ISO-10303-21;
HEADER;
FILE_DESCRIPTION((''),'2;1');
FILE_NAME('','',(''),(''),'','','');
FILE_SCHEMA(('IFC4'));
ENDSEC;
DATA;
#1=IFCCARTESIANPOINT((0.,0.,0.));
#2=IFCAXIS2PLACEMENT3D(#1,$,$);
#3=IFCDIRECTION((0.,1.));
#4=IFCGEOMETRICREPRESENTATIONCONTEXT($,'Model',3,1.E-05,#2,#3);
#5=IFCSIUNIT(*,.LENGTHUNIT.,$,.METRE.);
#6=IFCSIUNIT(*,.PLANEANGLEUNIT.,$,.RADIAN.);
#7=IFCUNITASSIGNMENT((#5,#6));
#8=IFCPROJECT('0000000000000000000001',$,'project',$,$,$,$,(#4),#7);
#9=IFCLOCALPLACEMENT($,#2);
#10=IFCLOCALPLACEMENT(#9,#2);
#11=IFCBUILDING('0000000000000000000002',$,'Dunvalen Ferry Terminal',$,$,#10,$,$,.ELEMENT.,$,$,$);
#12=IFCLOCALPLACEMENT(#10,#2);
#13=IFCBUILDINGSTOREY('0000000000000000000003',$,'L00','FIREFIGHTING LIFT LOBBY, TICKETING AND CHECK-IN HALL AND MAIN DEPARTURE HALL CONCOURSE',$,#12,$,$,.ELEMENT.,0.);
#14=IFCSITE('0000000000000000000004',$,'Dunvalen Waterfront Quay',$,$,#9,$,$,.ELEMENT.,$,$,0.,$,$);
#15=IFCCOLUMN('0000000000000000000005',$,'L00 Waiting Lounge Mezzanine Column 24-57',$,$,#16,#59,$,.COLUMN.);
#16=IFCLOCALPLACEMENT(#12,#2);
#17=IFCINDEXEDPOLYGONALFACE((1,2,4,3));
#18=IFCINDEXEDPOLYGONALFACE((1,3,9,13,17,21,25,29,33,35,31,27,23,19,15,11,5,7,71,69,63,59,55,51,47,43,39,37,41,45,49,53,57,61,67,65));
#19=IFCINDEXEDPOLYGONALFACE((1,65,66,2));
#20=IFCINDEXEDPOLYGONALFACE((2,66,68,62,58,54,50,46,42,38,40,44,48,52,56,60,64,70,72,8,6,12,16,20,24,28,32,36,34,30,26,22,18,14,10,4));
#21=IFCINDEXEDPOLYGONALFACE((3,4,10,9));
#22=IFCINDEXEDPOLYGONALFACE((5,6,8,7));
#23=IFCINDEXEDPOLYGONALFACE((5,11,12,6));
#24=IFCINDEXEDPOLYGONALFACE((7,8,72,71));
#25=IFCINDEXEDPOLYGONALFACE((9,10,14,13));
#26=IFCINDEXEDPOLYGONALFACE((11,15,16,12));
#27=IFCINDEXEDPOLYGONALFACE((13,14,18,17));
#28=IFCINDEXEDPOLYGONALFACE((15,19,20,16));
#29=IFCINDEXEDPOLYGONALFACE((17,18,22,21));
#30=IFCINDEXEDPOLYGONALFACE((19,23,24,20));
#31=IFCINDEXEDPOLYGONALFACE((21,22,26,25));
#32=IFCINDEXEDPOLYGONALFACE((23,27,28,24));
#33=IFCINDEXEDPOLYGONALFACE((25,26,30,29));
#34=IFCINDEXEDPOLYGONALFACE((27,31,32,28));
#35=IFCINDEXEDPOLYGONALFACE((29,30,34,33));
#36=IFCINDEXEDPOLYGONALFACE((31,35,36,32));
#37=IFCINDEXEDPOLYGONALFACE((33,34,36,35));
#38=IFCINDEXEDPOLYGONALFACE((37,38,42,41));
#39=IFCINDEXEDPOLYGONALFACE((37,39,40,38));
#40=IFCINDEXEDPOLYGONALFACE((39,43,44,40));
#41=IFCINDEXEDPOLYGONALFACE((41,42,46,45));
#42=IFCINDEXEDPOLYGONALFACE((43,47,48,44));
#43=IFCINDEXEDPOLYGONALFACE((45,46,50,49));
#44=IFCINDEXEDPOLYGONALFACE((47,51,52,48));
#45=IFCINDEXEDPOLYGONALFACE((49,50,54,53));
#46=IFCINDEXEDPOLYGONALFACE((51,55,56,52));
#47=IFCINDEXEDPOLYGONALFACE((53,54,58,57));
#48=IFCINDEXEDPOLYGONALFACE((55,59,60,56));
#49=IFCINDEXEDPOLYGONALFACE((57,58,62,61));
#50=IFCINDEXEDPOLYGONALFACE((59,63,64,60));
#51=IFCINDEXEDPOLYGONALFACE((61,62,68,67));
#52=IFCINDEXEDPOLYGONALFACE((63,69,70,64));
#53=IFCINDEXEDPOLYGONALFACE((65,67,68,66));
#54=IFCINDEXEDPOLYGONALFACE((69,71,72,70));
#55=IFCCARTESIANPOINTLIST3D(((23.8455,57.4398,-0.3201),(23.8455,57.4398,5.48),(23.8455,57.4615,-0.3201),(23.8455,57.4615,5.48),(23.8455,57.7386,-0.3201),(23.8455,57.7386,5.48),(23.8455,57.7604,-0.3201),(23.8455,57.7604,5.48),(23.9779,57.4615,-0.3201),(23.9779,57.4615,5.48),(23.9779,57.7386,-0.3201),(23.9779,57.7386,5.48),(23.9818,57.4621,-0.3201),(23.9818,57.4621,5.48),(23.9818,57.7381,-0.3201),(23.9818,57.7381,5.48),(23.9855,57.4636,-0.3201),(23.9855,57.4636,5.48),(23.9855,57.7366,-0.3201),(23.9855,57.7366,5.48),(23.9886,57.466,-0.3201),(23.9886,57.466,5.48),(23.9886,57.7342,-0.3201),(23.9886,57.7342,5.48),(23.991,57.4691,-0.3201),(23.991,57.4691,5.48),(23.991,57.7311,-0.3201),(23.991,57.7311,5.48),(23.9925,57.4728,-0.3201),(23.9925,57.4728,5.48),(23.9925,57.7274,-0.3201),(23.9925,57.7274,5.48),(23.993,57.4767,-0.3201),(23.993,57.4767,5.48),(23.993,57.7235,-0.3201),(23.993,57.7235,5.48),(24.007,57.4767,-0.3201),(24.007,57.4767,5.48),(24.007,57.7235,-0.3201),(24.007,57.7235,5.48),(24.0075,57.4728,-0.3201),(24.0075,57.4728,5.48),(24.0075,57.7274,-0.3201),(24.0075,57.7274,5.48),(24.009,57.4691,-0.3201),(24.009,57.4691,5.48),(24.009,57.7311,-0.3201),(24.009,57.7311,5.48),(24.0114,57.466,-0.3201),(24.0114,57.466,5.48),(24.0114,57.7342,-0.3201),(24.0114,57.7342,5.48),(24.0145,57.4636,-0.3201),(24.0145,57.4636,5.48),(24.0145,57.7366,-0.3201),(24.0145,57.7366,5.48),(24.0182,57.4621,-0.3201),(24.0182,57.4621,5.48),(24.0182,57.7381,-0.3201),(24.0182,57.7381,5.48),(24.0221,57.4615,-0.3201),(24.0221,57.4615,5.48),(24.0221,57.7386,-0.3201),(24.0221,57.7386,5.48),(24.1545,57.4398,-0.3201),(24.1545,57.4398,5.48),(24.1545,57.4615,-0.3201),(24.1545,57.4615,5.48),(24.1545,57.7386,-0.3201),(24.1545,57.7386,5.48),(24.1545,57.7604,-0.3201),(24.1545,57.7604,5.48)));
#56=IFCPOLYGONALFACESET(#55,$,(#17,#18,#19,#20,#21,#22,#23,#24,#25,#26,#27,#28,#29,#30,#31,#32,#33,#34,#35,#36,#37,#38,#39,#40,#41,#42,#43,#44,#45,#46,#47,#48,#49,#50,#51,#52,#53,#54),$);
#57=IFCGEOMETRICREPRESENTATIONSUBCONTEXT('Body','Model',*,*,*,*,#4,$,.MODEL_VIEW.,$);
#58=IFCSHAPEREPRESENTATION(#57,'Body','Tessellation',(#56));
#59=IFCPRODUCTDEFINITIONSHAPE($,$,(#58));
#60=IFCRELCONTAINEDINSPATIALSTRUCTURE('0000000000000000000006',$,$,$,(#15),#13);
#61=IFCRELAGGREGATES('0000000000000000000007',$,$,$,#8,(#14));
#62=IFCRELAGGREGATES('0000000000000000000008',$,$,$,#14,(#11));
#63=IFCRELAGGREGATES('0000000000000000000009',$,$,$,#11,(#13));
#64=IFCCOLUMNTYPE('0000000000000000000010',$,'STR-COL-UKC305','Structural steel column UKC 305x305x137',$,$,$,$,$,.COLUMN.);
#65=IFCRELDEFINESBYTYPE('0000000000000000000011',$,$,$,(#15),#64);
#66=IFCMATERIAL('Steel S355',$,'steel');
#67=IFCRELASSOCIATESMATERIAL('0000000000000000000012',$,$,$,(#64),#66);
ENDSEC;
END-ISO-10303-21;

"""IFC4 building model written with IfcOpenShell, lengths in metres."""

from ifc_helpers import new_model, si_unit, direction, frame, origin, origin_2d, place, context, subcontext, project, spatial, i_section, extrude, material, material_profile, profile_set, type_object, element, save


model = new_model("IFC4")

# Units and contexts
model_context = context("Model", 3, precision=1e-05, world=origin(), true_north=direction((0.0, 1.0)))
body_context = subcontext(model_context, "Body", "Model", "MODEL_VIEW")
ifc_project = project(units=[si_unit("LENGTHUNIT", "METRE"), si_unit("PLANEANGLEUNIT", "RADIAN")], contexts=[model_context])

# Site, building, storey
site_placement = place(None, origin())
site = spatial("IfcSite", under=ifc_project, at=site_placement, Name="Dunvalen Waterfront Quay", CompositionType="ELEMENT", RefElevation=0.0)
building_placement = place(site_placement, origin())
building = spatial("IfcBuilding", under=site, at=building_placement, Name="Dunvalen Ferry Terminal", CompositionType="ELEMENT")
storey_placement = place(building_placement, origin())
storey = spatial("IfcBuildingStorey", under=building, at=storey_placement, Name="L00", Description="FIREFIGHTING LIFT LOBBY, TICKETING AND CHECK-IN HALL AND MAIN DEPARTURE HALL CONCOURSE", CompositionType="ELEMENT", Elevation=0.0)

# Column
ifc_material_1 = material(Name="Steel S355", Category="steel")
ifc_material_profile_1 = material_profile(ifc_material_1, i_section(OverallWidth=0.3091, OverallDepth=0.3206, WebThickness=0.0139, FlangeThickness=0.0217, FilletRadius=0.0151, at=origin_2d()), Name="Steel S355")
ifc_profile_set_1 = profile_set([ifc_material_profile_1], Name="Steel S355")
column_type_1 = type_object("IfcColumnType", Name="STR-COL-UKC305", Description="Structural steel column UKC 305x305x137", PredefinedType="COLUMN", material=ifc_profile_set_1)
column_1_placement = place(storey_placement, frame((24.0, 57.6001, -0.3201), z_axis=(0.0, 0.0, 1.0), x_axis=(1.0, 0.0, 0.0)))
element("IfcColumn", 1, at=column_1_placement, inside=storey, type_object=column_type_1, Name="L00 Waiting Lounge Mezzanine Column 24-57", PredefinedType="COLUMN", context=body_context, shape_type="SweptSolid", body=[
    extrude(i_section(OverallWidth=0.3091, OverallDepth=0.3206, WebThickness=0.0139, FlangeThickness=0.0217, FilletRadius=0.0151, at=origin_2d()), origin(), (0.0, 0.0, 1.0), 5.8),
])

save(model, "model.ifc")
